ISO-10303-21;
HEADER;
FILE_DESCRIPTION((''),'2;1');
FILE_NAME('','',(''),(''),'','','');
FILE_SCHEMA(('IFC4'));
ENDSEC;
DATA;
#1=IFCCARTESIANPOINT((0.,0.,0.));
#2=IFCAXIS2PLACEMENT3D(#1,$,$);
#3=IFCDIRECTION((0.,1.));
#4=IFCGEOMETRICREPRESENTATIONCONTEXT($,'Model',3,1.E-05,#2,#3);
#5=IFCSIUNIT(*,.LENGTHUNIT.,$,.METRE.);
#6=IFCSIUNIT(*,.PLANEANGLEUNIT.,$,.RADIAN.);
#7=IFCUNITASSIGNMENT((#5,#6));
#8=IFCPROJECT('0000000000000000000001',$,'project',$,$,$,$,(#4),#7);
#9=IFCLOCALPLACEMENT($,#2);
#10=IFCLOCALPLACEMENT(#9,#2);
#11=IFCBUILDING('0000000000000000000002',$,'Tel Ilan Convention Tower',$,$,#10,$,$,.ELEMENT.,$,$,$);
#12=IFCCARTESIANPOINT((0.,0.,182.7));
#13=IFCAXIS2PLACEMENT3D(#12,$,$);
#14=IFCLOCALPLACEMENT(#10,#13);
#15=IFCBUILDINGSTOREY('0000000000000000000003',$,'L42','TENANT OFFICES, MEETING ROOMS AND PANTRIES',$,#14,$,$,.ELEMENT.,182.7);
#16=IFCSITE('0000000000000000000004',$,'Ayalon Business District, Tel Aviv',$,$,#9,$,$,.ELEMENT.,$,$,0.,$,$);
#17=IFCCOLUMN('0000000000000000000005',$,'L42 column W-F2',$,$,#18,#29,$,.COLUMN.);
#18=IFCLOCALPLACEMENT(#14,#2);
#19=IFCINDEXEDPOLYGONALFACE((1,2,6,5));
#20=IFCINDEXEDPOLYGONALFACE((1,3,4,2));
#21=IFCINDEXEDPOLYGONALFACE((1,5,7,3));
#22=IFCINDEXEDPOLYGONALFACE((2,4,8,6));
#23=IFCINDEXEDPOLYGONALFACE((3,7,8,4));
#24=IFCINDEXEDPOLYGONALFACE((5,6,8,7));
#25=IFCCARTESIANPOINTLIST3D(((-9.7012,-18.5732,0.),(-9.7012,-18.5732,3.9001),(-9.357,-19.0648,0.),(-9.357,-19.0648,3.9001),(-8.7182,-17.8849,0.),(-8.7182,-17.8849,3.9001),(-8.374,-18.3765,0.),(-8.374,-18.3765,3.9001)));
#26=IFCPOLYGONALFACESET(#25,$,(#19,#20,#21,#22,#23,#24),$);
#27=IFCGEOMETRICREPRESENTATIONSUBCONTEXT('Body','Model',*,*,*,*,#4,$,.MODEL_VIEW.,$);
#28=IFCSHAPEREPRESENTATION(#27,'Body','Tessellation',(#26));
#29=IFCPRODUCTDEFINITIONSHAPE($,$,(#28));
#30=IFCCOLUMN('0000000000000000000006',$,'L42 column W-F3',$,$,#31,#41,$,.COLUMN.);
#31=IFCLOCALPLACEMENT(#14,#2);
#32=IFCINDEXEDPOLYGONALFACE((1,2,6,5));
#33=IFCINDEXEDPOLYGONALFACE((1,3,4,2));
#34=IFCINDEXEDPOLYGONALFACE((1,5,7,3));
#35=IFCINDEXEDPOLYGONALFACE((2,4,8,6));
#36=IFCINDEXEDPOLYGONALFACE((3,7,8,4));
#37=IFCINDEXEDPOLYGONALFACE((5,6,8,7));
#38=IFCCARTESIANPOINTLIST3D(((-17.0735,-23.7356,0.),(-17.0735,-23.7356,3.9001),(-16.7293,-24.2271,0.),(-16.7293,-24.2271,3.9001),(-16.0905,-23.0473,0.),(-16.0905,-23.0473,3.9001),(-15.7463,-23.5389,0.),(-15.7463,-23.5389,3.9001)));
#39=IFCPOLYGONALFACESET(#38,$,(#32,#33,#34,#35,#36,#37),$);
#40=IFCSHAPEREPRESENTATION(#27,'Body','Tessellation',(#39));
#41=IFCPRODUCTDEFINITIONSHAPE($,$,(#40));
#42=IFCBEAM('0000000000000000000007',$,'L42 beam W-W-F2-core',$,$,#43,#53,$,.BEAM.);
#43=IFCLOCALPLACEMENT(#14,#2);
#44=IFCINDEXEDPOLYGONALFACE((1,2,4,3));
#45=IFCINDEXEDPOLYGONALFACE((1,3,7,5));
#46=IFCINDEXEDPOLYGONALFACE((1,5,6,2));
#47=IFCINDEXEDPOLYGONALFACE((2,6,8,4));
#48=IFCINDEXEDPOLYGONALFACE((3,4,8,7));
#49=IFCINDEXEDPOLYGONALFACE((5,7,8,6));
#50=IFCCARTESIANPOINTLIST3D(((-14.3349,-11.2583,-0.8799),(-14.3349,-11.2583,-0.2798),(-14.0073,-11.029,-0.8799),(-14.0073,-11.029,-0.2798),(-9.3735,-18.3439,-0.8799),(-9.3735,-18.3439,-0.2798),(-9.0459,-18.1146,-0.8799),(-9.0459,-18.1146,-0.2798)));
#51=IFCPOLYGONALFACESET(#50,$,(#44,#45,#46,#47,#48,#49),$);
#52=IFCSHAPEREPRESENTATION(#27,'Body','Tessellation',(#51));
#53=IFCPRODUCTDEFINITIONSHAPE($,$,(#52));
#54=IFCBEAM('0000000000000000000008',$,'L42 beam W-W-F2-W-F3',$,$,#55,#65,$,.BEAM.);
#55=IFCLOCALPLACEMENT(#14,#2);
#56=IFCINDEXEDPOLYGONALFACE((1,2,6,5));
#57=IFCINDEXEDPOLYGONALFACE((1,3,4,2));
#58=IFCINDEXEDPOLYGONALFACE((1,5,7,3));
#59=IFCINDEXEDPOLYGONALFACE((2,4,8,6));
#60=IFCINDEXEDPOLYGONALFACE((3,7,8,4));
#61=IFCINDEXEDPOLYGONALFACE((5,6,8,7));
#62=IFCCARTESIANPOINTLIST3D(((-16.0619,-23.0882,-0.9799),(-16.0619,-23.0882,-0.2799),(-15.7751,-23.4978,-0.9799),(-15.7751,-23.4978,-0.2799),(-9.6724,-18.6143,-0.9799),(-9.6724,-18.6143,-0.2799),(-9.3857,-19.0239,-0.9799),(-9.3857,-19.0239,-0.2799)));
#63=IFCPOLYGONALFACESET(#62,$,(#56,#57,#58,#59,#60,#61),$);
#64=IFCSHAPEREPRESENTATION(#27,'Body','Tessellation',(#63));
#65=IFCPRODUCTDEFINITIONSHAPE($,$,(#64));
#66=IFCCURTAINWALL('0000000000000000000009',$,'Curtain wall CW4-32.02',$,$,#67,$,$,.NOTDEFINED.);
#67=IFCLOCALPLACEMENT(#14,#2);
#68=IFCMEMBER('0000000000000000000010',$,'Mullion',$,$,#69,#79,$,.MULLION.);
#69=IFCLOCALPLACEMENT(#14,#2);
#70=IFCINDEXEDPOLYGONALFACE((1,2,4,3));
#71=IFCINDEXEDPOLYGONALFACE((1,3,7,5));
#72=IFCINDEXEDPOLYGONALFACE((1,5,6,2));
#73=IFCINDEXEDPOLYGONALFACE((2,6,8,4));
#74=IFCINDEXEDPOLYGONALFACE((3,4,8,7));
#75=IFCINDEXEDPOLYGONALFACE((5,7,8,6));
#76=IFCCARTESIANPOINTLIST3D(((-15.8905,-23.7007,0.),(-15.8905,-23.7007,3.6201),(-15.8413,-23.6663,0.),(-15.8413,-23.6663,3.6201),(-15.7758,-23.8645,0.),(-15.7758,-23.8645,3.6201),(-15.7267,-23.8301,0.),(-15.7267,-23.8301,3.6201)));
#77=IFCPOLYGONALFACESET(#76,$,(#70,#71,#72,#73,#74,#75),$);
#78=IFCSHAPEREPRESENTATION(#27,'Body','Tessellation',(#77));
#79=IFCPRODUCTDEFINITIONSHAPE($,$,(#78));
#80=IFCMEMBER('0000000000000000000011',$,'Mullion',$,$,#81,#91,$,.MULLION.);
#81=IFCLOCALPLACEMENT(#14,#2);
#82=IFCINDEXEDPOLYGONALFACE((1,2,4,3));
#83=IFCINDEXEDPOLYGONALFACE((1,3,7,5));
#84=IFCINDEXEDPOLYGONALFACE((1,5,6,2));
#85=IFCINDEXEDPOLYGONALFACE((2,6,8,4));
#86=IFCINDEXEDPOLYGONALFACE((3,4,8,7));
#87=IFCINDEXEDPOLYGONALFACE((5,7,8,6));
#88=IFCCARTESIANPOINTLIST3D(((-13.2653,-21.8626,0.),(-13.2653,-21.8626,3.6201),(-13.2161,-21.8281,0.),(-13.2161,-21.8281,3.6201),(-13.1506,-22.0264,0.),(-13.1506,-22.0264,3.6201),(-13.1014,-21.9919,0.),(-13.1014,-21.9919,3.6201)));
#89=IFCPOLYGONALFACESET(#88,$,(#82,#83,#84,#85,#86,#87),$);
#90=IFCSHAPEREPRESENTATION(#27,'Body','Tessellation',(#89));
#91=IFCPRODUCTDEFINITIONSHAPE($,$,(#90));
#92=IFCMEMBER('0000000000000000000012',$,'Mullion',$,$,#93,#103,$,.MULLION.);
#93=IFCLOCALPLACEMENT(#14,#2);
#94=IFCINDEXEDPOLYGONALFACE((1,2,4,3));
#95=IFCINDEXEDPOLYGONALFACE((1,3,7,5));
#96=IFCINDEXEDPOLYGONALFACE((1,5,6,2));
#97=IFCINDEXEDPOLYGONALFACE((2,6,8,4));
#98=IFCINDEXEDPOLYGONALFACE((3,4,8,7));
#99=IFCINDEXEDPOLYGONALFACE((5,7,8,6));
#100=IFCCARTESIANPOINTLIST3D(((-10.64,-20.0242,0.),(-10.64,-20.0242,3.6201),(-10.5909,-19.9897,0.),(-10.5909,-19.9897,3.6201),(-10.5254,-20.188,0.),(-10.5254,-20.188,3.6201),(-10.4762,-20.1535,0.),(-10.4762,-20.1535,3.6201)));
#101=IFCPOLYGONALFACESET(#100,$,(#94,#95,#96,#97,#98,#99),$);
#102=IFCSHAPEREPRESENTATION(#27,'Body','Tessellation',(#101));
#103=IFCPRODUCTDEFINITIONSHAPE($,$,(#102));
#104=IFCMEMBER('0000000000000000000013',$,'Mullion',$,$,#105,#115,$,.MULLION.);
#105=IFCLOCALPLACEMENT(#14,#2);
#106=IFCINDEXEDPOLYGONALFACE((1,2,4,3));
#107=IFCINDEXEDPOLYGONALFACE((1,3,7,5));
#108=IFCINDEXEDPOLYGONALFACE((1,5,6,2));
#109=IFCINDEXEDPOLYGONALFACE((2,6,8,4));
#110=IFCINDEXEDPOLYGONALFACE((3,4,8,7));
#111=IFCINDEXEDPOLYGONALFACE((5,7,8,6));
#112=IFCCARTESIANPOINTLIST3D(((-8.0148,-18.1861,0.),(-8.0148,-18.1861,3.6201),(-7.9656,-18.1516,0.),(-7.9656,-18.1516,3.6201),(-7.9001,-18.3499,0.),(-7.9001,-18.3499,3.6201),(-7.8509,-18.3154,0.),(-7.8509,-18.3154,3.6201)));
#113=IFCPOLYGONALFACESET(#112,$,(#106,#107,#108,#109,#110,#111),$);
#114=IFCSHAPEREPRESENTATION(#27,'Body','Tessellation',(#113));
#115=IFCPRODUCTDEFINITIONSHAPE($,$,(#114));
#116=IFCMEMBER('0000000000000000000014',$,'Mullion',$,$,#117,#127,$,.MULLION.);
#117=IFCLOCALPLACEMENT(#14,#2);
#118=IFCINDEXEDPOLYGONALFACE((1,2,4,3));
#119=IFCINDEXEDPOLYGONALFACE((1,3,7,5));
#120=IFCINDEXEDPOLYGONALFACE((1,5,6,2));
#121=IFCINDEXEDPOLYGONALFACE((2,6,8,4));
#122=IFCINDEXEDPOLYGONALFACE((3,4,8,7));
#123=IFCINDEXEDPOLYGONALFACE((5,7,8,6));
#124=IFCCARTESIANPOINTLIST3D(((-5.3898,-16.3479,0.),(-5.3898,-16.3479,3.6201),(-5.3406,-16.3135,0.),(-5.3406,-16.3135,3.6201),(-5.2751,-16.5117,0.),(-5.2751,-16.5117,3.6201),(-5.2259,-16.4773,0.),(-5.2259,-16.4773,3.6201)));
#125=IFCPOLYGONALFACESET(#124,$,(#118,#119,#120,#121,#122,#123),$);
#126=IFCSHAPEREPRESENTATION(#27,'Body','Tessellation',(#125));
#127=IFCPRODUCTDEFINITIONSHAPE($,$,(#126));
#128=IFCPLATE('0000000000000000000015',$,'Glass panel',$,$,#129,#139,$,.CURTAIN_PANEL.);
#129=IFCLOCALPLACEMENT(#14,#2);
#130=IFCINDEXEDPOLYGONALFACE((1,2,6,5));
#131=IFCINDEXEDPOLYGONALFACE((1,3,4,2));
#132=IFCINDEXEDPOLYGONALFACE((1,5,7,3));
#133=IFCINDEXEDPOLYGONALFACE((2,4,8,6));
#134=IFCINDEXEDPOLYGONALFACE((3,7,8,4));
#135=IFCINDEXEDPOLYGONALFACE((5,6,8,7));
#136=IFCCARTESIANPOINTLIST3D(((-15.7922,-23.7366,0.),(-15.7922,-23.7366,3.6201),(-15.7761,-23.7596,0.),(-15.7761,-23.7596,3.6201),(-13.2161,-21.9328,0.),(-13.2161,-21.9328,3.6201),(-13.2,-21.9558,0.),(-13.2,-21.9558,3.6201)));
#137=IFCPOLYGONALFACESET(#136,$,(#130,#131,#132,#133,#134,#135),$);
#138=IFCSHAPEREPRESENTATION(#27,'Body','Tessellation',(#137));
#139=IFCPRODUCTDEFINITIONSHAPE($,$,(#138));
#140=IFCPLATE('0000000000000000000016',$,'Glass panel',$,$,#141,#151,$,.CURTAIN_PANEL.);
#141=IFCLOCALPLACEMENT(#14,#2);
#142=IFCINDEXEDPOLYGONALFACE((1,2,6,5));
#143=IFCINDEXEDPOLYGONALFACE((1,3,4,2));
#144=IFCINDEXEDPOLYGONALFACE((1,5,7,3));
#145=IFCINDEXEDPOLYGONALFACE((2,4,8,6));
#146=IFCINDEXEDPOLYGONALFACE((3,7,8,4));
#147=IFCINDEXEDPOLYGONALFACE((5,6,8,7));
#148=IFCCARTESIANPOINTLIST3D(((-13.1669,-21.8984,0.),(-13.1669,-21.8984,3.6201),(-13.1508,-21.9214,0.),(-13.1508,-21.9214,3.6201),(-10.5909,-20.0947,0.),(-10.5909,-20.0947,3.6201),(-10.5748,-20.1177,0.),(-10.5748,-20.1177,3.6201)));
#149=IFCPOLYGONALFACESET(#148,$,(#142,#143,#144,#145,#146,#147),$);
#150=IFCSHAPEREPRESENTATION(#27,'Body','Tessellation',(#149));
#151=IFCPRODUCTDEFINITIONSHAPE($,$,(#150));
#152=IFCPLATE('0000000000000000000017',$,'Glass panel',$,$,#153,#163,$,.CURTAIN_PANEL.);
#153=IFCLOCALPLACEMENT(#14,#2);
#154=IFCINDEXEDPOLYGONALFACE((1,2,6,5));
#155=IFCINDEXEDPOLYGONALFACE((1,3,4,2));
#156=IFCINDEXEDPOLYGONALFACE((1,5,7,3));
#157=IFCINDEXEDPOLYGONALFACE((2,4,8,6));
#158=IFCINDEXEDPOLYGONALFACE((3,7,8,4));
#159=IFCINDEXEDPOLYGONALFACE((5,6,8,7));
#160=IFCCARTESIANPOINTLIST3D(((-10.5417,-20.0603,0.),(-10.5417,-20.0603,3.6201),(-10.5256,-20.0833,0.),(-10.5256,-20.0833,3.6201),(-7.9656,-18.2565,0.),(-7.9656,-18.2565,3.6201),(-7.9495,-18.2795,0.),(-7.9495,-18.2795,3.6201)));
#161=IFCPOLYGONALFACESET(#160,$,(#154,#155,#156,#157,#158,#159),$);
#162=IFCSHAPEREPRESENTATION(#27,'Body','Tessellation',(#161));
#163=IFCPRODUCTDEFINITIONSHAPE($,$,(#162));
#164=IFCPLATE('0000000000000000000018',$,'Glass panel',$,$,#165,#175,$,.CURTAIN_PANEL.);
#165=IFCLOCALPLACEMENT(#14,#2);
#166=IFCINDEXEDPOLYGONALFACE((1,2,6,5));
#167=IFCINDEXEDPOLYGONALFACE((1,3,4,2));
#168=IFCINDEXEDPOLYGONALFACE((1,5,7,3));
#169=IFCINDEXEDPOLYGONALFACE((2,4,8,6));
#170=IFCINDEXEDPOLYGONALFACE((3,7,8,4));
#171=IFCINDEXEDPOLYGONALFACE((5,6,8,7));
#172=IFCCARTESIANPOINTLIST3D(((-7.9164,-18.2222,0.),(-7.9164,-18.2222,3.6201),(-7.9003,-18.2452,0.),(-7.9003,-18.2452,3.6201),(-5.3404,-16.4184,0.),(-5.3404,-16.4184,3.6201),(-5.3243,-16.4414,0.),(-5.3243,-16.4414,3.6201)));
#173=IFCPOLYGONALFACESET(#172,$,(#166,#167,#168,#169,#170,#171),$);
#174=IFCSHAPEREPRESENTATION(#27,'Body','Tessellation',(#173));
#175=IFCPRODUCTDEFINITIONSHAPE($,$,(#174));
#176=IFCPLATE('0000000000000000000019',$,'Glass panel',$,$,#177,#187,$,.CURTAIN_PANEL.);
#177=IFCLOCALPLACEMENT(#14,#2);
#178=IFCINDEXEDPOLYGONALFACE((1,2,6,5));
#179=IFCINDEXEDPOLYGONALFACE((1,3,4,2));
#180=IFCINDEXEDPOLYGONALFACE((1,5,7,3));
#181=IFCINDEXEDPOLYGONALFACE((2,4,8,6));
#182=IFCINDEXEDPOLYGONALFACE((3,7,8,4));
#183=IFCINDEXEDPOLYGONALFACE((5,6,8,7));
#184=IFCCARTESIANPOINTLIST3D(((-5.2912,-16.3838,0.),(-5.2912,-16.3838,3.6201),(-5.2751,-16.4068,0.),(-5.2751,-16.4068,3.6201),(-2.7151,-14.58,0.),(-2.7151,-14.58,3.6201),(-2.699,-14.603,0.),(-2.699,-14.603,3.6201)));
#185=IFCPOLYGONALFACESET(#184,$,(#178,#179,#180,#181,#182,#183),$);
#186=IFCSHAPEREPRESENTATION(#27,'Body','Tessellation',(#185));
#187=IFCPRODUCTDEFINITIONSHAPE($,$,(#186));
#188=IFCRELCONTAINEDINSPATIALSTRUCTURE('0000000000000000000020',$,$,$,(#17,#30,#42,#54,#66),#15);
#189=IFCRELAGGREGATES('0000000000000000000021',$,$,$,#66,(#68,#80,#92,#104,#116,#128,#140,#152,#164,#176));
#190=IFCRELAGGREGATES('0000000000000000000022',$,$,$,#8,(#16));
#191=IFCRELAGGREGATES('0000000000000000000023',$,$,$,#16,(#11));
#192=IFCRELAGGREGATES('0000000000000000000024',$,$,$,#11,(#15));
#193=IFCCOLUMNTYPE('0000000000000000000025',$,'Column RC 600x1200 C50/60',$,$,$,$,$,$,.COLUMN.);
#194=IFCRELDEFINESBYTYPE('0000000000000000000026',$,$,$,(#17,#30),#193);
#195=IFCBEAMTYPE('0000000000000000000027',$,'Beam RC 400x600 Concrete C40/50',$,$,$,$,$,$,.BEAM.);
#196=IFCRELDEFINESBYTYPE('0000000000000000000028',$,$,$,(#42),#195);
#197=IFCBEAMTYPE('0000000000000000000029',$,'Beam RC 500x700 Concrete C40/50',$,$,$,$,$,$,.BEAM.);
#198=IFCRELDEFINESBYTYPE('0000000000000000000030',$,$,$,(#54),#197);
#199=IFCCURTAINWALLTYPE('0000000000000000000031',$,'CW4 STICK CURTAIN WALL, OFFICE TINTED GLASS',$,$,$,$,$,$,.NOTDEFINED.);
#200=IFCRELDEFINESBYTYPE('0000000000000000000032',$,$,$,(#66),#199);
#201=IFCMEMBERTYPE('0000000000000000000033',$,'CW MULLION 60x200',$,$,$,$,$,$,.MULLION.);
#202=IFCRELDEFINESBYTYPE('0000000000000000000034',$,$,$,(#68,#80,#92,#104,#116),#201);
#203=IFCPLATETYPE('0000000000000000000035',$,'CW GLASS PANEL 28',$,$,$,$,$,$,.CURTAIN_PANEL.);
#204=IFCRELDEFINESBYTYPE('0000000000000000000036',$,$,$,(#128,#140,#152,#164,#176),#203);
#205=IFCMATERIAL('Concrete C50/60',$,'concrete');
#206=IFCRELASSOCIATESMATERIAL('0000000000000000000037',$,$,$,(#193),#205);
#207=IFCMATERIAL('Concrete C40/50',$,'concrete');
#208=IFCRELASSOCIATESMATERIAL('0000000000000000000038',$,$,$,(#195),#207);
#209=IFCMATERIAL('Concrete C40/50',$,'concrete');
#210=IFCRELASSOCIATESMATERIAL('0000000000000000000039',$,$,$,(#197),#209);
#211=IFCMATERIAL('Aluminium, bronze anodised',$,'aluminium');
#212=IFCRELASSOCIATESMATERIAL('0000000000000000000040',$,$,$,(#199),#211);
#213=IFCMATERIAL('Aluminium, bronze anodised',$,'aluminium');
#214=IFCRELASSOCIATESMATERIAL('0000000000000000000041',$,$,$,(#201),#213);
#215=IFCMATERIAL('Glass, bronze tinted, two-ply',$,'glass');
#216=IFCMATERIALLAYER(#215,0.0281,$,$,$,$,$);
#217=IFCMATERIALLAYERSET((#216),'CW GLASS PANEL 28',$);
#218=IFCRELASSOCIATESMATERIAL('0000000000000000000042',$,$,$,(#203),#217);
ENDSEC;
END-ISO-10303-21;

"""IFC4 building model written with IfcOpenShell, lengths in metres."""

from ifc_helpers import new_model, si_unit, direction, frame, origin, origin_2d, place, context, subcontext, project, spatial, rectangle, extrude, material, layer, layer_set, material_profile, profile_set, type_object, element, aggregate, save


model = new_model("IFC4")

# Units and contexts
model_context = context("Model", 3, precision=1e-05, world=origin(), true_north=direction((0.0, 1.0)))
body_context = subcontext(model_context, "Body", "Model", "MODEL_VIEW")
ifc_project = project(units=[si_unit("LENGTHUNIT", "METRE"), si_unit("PLANEANGLEUNIT", "RADIAN")], contexts=[model_context])

# Site, building, storey
site_placement = place(None, origin())
site = spatial("IfcSite", under=ifc_project, at=site_placement, Name="Ayalon Business District, Tel Aviv", CompositionType="ELEMENT", RefElevation=0.0)
building_placement = place(site_placement, origin())
building = spatial("IfcBuilding", under=site, at=building_placement, Name="Tel Ilan Convention Tower", CompositionType="ELEMENT")
storey_placement = place(building_placement, frame((0.0, 0.0, 182.7)))
storey = spatial("IfcBuildingStorey", under=building, at=storey_placement, Name="L42", Description="TENANT OFFICES, MEETING ROOMS AND PANTRIES", CompositionType="ELEMENT", Elevation=182.7)

# Columns
ifc_material_1 = material(Name="Concrete C50/60", Category="concrete")
ifc_material_profile_1 = material_profile(ifc_material_1, rectangle(XDim=1.2, YDim=0.6001, at=origin_2d()), Name="RC 600x1200")
ifc_profile_set_1 = profile_set([ifc_material_profile_1], Name="Concrete C50/60")
column_type = type_object("IfcColumnType", Name="Column RC 600x1200 C50/60", PredefinedType="COLUMN", material=ifc_profile_set_1)
for number, where, z_axis, x_axis, name in (
    (1, (-9.0376, -18.4749, 0.0), (0.0, 0.0, 1.0), (-0.819152, -0.573576, 0.0), "L42 column W-F2"),
    (2, (-16.4099, -23.6372, 0.0), (0.0, 0.0, 1.0), (-0.819152, -0.573576, 0.0), "L42 column W-F3"),
):
    element("IfcColumn", number, at=place(storey_placement, frame(where, z_axis=z_axis, x_axis=x_axis)), inside=storey, type_object=column_type, Name=name, PredefinedType="COLUMN", context=body_context, shape_type="SweptSolid", body=[
        extrude(rectangle(XDim=1.2, YDim=0.6001, at=origin_2d()), origin(), (0.0, 0.0, 1.0), 3.9001),
    ])

# Beams
ifc_material_2 = material(Name="Concrete C40/50", Category="concrete")
ifc_material_profile_2 = material_profile(ifc_material_2, rectangle(XDim=0.3999, YDim=0.6001, at=origin_2d()), Name="RC 400x600")
ifc_profile_set_2 = profile_set([ifc_material_profile_2], Name="Concrete C40/50")
beam_type_1 = type_object("IfcBeamType", Name="Beam RC 400x600 Concrete C40/50", PredefinedType="BEAM", material=ifc_profile_set_2)
beam_1_placement = place(storey_placement, frame((-9.2097, -18.2292, -0.5798), z_axis=(-0.573574, 0.819154, 0.0), x_axis=(-0.819154, -0.573574, 0.0)))
element("IfcBeam", 3, at=beam_1_placement, inside=storey, type_object=beam_type_1, Name="L42 beam W-W-F2-core", PredefinedType="BEAM", context=body_context, shape_type="SweptSolid", body=[
    extrude(rectangle(XDim=0.3999, YDim=0.6001, at=origin_2d()), origin(), (0.0, 0.0, 1.0), 8.6499),
])
ifc_material_3 = material(Name="Concrete C40/50", Category="concrete")
ifc_material_profile_3 = material_profile(ifc_material_3, rectangle(XDim=0.5, YDim=0.7, at=origin_2d()), Name="RC 500x700")
ifc_profile_set_3 = profile_set([ifc_material_profile_3], Name="Concrete C40/50")
beam_type_2 = type_object("IfcBeamType", Name="Beam RC 500x700 Concrete C40/50", PredefinedType="BEAM", material=ifc_profile_set_3)
beam_2_placement = place(storey_placement, frame((-9.5291, -18.8191, -0.6299), z_axis=(-0.819154, -0.573574, 0.0), x_axis=(0.573574, -0.819154, 0.0)))
element("IfcBeam", 4, at=beam_2_placement, inside=storey, type_object=beam_type_2, Name="L42 beam W-W-F2-W-F3", PredefinedType="BEAM", context=body_context, shape_type="SweptSolid", body=[
    extrude(rectangle(XDim=0.5, YDim=0.7, at=origin_2d()), origin(), (0.0, 0.0, 1.0), 7.8),
])

# Curtain wall, members, plates
ifc_material_4 = material(Name="Aluminium, bronze anodised", Category="aluminium")
curtain_wall_type = type_object("IfcCurtainWallType", Name="CW4 STICK CURTAIN WALL, OFFICE TINTED GLASS", PredefinedType="NOTDEFINED", material=ifc_material_4)
curtain_wall_placement = place(storey_placement, origin())
curtain_wall = element("IfcCurtainWall", 5, at=curtain_wall_placement, inside=storey, type_object=curtain_wall_type, Name="Curtain wall CW4-32.02", PredefinedType="NOTDEFINED")
ifc_material_5 = material(Name="Aluminium, bronze anodised", Category="aluminium")
ifc_material_profile_4 = material_profile(ifc_material_5, rectangle(XDim=0.0601, YDim=0.2, at=origin_2d()), Name="CW MULLION 60x200")
ifc_profile_set_4 = profile_set([ifc_material_profile_4], Name="Aluminium, bronze anodised")
member_type = type_object("IfcMemberType", Name="CW MULLION 60x200", PredefinedType="MULLION", material=ifc_profile_set_4)
member_1_placement = place(storey_placement, frame((-15.8086, -23.7654, 0.0), z_axis=(0.0, 0.0, 1.0), x_axis=(0.819152, 0.573576, 0.0)))
member_1 = element("IfcMember", 6, at=member_1_placement, type_object=member_type, Name="Mullion", PredefinedType="MULLION", context=body_context, shape_type="SweptSolid", body=[
    extrude(rectangle(XDim=0.0601, YDim=0.2, at=origin_2d()), origin(), (0.0, 0.0, 1.0), 3.6201),
])
member_2_placement = place(storey_placement, frame((-13.1833, -21.9272, 0.0), z_axis=(0.0, 0.0, 1.0), x_axis=(0.819152, 0.573576, 0.0)))
member_2 = element("IfcMember", 7, at=member_2_placement, type_object=member_type, Name="Mullion", PredefinedType="MULLION", context=body_context, shape_type="SweptSolid", body=[
    extrude(rectangle(XDim=0.0601, YDim=0.2, at=origin_2d()), origin(), (0.0, 0.0, 1.0), 3.6201),
])
member_3_placement = place(storey_placement, frame((-10.5581, -20.0889, 0.0), z_axis=(0.0, 0.0, 1.0), x_axis=(0.819152, 0.573576, 0.0)))
member_3 = element("IfcMember", 8, at=member_3_placement, type_object=member_type, Name="Mullion", PredefinedType="MULLION", context=body_context, shape_type="SweptSolid", body=[
    extrude(rectangle(XDim=0.0601, YDim=0.2, at=origin_2d()), origin(), (0.0, 0.0, 1.0), 3.6201),
])
member_4_placement = place(storey_placement, frame((-7.9329, -18.2507, 0.0), z_axis=(0.0, 0.0, 1.0), x_axis=(0.819152, 0.573576, 0.0)))
member_4 = element("IfcMember", 9, at=member_4_placement, type_object=member_type, Name="Mullion", PredefinedType="MULLION", context=body_context, shape_type="SweptSolid", body=[
    extrude(rectangle(XDim=0.0601, YDim=0.2, at=origin_2d()), origin(), (0.0, 0.0, 1.0), 3.6201),
])
member_5_placement = place(storey_placement, frame((-5.3079, -16.4126, 0.0), z_axis=(0.0, 0.0, 1.0), x_axis=(0.819152, 0.573576, 0.0)))
member_5 = element("IfcMember", 10, at=member_5_placement, type_object=member_type, Name="Mullion", PredefinedType="MULLION", context=body_context, shape_type="SweptSolid", body=[
    extrude(rectangle(XDim=0.0601, YDim=0.2, at=origin_2d()), origin(), (0.0, 0.0, 1.0), 3.6201),
])
ifc_material_6 = material(Name="Glass, bronze tinted, two-ply", Category="glass")
ifc_layer_1 = layer(ifc_material_6, 0.0281)
ifc_layer_set_1 = layer_set([ifc_layer_1], Name="CW GLASS PANEL 28")
plate_type = type_object("IfcPlateType", Name="CW GLASS PANEL 28", PredefinedType="CURTAIN_PANEL", material=ifc_layer_set_1)
plate_1_placement = place(storey_placement, frame((-14.4961, -22.8462, 0.0), z_axis=(0.0, 0.0, 1.0), x_axis=(0.819152, 0.573576, 0.0)))
plate_1 = element("IfcPlate", 11, at=plate_1_placement, type_object=plate_type, Name="Glass panel", PredefinedType="CURTAIN_PANEL", context=body_context, shape_type="SweptSolid", body=[
    extrude(rectangle(XDim=3.1448, YDim=0.0281, at=origin_2d()), origin(), (0.0, 0.0, 1.0), 3.6201),
])
plate_2_placement = place(storey_placement, frame((-11.8708, -21.0081, 0.0), z_axis=(0.0, 0.0, 1.0), x_axis=(0.819152, 0.573576, 0.0)))
plate_2 = element("IfcPlate", 12, at=plate_2_placement, type_object=plate_type, Name="Glass panel", PredefinedType="CURTAIN_PANEL", context=body_context, shape_type="SweptSolid", body=[
    extrude(rectangle(XDim=3.1448, YDim=0.0281, at=origin_2d()), origin(), (0.0, 0.0, 1.0), 3.6201),
])
plate_3_placement = place(storey_placement, frame((-9.2456, -19.1699, 0.0), z_axis=(0.0, 0.0, 1.0), x_axis=(0.819152, 0.573576, 0.0)))
plate_3 = element("IfcPlate", 13, at=plate_3_placement, type_object=plate_type, Name="Glass panel", PredefinedType="CURTAIN_PANEL", context=body_context, shape_type="SweptSolid", body=[
    extrude(rectangle(XDim=3.1448, YDim=0.0281, at=origin_2d()), origin(), (0.0, 0.0, 1.0), 3.6201),
])
plate_4_placement = place(storey_placement, frame((-6.6204, -17.3318, 0.0), z_axis=(0.0, 0.0, 1.0), x_axis=(0.819152, 0.573576, 0.0)))
plate_4 = element("IfcPlate", 14, at=plate_4_placement, type_object=plate_type, Name="Glass panel", PredefinedType="CURTAIN_PANEL", context=body_context, shape_type="SweptSolid", body=[
    extrude(rectangle(XDim=3.1448, YDim=0.0281, at=origin_2d()), origin(), (0.0, 0.0, 1.0), 3.6201),
])
plate_5_placement = place(storey_placement, frame((-3.9951, -15.4934, 0.0), z_axis=(0.0, 0.0, 1.0), x_axis=(0.819152, 0.573576, 0.0)))
plate_5 = element("IfcPlate", 15, at=plate_5_placement, type_object=plate_type, Name="Glass panel", PredefinedType="CURTAIN_PANEL", context=body_context, shape_type="SweptSolid", body=[
    extrude(rectangle(XDim=3.1448, YDim=0.0281, at=origin_2d()), origin(), (0.0, 0.0, 1.0), 3.6201),
])
aggregate(curtain_wall, [member_1, member_2, member_3, member_4, member_5, plate_1, plate_2, plate_3, plate_4, plate_5])

save(model, "model.ifc")
